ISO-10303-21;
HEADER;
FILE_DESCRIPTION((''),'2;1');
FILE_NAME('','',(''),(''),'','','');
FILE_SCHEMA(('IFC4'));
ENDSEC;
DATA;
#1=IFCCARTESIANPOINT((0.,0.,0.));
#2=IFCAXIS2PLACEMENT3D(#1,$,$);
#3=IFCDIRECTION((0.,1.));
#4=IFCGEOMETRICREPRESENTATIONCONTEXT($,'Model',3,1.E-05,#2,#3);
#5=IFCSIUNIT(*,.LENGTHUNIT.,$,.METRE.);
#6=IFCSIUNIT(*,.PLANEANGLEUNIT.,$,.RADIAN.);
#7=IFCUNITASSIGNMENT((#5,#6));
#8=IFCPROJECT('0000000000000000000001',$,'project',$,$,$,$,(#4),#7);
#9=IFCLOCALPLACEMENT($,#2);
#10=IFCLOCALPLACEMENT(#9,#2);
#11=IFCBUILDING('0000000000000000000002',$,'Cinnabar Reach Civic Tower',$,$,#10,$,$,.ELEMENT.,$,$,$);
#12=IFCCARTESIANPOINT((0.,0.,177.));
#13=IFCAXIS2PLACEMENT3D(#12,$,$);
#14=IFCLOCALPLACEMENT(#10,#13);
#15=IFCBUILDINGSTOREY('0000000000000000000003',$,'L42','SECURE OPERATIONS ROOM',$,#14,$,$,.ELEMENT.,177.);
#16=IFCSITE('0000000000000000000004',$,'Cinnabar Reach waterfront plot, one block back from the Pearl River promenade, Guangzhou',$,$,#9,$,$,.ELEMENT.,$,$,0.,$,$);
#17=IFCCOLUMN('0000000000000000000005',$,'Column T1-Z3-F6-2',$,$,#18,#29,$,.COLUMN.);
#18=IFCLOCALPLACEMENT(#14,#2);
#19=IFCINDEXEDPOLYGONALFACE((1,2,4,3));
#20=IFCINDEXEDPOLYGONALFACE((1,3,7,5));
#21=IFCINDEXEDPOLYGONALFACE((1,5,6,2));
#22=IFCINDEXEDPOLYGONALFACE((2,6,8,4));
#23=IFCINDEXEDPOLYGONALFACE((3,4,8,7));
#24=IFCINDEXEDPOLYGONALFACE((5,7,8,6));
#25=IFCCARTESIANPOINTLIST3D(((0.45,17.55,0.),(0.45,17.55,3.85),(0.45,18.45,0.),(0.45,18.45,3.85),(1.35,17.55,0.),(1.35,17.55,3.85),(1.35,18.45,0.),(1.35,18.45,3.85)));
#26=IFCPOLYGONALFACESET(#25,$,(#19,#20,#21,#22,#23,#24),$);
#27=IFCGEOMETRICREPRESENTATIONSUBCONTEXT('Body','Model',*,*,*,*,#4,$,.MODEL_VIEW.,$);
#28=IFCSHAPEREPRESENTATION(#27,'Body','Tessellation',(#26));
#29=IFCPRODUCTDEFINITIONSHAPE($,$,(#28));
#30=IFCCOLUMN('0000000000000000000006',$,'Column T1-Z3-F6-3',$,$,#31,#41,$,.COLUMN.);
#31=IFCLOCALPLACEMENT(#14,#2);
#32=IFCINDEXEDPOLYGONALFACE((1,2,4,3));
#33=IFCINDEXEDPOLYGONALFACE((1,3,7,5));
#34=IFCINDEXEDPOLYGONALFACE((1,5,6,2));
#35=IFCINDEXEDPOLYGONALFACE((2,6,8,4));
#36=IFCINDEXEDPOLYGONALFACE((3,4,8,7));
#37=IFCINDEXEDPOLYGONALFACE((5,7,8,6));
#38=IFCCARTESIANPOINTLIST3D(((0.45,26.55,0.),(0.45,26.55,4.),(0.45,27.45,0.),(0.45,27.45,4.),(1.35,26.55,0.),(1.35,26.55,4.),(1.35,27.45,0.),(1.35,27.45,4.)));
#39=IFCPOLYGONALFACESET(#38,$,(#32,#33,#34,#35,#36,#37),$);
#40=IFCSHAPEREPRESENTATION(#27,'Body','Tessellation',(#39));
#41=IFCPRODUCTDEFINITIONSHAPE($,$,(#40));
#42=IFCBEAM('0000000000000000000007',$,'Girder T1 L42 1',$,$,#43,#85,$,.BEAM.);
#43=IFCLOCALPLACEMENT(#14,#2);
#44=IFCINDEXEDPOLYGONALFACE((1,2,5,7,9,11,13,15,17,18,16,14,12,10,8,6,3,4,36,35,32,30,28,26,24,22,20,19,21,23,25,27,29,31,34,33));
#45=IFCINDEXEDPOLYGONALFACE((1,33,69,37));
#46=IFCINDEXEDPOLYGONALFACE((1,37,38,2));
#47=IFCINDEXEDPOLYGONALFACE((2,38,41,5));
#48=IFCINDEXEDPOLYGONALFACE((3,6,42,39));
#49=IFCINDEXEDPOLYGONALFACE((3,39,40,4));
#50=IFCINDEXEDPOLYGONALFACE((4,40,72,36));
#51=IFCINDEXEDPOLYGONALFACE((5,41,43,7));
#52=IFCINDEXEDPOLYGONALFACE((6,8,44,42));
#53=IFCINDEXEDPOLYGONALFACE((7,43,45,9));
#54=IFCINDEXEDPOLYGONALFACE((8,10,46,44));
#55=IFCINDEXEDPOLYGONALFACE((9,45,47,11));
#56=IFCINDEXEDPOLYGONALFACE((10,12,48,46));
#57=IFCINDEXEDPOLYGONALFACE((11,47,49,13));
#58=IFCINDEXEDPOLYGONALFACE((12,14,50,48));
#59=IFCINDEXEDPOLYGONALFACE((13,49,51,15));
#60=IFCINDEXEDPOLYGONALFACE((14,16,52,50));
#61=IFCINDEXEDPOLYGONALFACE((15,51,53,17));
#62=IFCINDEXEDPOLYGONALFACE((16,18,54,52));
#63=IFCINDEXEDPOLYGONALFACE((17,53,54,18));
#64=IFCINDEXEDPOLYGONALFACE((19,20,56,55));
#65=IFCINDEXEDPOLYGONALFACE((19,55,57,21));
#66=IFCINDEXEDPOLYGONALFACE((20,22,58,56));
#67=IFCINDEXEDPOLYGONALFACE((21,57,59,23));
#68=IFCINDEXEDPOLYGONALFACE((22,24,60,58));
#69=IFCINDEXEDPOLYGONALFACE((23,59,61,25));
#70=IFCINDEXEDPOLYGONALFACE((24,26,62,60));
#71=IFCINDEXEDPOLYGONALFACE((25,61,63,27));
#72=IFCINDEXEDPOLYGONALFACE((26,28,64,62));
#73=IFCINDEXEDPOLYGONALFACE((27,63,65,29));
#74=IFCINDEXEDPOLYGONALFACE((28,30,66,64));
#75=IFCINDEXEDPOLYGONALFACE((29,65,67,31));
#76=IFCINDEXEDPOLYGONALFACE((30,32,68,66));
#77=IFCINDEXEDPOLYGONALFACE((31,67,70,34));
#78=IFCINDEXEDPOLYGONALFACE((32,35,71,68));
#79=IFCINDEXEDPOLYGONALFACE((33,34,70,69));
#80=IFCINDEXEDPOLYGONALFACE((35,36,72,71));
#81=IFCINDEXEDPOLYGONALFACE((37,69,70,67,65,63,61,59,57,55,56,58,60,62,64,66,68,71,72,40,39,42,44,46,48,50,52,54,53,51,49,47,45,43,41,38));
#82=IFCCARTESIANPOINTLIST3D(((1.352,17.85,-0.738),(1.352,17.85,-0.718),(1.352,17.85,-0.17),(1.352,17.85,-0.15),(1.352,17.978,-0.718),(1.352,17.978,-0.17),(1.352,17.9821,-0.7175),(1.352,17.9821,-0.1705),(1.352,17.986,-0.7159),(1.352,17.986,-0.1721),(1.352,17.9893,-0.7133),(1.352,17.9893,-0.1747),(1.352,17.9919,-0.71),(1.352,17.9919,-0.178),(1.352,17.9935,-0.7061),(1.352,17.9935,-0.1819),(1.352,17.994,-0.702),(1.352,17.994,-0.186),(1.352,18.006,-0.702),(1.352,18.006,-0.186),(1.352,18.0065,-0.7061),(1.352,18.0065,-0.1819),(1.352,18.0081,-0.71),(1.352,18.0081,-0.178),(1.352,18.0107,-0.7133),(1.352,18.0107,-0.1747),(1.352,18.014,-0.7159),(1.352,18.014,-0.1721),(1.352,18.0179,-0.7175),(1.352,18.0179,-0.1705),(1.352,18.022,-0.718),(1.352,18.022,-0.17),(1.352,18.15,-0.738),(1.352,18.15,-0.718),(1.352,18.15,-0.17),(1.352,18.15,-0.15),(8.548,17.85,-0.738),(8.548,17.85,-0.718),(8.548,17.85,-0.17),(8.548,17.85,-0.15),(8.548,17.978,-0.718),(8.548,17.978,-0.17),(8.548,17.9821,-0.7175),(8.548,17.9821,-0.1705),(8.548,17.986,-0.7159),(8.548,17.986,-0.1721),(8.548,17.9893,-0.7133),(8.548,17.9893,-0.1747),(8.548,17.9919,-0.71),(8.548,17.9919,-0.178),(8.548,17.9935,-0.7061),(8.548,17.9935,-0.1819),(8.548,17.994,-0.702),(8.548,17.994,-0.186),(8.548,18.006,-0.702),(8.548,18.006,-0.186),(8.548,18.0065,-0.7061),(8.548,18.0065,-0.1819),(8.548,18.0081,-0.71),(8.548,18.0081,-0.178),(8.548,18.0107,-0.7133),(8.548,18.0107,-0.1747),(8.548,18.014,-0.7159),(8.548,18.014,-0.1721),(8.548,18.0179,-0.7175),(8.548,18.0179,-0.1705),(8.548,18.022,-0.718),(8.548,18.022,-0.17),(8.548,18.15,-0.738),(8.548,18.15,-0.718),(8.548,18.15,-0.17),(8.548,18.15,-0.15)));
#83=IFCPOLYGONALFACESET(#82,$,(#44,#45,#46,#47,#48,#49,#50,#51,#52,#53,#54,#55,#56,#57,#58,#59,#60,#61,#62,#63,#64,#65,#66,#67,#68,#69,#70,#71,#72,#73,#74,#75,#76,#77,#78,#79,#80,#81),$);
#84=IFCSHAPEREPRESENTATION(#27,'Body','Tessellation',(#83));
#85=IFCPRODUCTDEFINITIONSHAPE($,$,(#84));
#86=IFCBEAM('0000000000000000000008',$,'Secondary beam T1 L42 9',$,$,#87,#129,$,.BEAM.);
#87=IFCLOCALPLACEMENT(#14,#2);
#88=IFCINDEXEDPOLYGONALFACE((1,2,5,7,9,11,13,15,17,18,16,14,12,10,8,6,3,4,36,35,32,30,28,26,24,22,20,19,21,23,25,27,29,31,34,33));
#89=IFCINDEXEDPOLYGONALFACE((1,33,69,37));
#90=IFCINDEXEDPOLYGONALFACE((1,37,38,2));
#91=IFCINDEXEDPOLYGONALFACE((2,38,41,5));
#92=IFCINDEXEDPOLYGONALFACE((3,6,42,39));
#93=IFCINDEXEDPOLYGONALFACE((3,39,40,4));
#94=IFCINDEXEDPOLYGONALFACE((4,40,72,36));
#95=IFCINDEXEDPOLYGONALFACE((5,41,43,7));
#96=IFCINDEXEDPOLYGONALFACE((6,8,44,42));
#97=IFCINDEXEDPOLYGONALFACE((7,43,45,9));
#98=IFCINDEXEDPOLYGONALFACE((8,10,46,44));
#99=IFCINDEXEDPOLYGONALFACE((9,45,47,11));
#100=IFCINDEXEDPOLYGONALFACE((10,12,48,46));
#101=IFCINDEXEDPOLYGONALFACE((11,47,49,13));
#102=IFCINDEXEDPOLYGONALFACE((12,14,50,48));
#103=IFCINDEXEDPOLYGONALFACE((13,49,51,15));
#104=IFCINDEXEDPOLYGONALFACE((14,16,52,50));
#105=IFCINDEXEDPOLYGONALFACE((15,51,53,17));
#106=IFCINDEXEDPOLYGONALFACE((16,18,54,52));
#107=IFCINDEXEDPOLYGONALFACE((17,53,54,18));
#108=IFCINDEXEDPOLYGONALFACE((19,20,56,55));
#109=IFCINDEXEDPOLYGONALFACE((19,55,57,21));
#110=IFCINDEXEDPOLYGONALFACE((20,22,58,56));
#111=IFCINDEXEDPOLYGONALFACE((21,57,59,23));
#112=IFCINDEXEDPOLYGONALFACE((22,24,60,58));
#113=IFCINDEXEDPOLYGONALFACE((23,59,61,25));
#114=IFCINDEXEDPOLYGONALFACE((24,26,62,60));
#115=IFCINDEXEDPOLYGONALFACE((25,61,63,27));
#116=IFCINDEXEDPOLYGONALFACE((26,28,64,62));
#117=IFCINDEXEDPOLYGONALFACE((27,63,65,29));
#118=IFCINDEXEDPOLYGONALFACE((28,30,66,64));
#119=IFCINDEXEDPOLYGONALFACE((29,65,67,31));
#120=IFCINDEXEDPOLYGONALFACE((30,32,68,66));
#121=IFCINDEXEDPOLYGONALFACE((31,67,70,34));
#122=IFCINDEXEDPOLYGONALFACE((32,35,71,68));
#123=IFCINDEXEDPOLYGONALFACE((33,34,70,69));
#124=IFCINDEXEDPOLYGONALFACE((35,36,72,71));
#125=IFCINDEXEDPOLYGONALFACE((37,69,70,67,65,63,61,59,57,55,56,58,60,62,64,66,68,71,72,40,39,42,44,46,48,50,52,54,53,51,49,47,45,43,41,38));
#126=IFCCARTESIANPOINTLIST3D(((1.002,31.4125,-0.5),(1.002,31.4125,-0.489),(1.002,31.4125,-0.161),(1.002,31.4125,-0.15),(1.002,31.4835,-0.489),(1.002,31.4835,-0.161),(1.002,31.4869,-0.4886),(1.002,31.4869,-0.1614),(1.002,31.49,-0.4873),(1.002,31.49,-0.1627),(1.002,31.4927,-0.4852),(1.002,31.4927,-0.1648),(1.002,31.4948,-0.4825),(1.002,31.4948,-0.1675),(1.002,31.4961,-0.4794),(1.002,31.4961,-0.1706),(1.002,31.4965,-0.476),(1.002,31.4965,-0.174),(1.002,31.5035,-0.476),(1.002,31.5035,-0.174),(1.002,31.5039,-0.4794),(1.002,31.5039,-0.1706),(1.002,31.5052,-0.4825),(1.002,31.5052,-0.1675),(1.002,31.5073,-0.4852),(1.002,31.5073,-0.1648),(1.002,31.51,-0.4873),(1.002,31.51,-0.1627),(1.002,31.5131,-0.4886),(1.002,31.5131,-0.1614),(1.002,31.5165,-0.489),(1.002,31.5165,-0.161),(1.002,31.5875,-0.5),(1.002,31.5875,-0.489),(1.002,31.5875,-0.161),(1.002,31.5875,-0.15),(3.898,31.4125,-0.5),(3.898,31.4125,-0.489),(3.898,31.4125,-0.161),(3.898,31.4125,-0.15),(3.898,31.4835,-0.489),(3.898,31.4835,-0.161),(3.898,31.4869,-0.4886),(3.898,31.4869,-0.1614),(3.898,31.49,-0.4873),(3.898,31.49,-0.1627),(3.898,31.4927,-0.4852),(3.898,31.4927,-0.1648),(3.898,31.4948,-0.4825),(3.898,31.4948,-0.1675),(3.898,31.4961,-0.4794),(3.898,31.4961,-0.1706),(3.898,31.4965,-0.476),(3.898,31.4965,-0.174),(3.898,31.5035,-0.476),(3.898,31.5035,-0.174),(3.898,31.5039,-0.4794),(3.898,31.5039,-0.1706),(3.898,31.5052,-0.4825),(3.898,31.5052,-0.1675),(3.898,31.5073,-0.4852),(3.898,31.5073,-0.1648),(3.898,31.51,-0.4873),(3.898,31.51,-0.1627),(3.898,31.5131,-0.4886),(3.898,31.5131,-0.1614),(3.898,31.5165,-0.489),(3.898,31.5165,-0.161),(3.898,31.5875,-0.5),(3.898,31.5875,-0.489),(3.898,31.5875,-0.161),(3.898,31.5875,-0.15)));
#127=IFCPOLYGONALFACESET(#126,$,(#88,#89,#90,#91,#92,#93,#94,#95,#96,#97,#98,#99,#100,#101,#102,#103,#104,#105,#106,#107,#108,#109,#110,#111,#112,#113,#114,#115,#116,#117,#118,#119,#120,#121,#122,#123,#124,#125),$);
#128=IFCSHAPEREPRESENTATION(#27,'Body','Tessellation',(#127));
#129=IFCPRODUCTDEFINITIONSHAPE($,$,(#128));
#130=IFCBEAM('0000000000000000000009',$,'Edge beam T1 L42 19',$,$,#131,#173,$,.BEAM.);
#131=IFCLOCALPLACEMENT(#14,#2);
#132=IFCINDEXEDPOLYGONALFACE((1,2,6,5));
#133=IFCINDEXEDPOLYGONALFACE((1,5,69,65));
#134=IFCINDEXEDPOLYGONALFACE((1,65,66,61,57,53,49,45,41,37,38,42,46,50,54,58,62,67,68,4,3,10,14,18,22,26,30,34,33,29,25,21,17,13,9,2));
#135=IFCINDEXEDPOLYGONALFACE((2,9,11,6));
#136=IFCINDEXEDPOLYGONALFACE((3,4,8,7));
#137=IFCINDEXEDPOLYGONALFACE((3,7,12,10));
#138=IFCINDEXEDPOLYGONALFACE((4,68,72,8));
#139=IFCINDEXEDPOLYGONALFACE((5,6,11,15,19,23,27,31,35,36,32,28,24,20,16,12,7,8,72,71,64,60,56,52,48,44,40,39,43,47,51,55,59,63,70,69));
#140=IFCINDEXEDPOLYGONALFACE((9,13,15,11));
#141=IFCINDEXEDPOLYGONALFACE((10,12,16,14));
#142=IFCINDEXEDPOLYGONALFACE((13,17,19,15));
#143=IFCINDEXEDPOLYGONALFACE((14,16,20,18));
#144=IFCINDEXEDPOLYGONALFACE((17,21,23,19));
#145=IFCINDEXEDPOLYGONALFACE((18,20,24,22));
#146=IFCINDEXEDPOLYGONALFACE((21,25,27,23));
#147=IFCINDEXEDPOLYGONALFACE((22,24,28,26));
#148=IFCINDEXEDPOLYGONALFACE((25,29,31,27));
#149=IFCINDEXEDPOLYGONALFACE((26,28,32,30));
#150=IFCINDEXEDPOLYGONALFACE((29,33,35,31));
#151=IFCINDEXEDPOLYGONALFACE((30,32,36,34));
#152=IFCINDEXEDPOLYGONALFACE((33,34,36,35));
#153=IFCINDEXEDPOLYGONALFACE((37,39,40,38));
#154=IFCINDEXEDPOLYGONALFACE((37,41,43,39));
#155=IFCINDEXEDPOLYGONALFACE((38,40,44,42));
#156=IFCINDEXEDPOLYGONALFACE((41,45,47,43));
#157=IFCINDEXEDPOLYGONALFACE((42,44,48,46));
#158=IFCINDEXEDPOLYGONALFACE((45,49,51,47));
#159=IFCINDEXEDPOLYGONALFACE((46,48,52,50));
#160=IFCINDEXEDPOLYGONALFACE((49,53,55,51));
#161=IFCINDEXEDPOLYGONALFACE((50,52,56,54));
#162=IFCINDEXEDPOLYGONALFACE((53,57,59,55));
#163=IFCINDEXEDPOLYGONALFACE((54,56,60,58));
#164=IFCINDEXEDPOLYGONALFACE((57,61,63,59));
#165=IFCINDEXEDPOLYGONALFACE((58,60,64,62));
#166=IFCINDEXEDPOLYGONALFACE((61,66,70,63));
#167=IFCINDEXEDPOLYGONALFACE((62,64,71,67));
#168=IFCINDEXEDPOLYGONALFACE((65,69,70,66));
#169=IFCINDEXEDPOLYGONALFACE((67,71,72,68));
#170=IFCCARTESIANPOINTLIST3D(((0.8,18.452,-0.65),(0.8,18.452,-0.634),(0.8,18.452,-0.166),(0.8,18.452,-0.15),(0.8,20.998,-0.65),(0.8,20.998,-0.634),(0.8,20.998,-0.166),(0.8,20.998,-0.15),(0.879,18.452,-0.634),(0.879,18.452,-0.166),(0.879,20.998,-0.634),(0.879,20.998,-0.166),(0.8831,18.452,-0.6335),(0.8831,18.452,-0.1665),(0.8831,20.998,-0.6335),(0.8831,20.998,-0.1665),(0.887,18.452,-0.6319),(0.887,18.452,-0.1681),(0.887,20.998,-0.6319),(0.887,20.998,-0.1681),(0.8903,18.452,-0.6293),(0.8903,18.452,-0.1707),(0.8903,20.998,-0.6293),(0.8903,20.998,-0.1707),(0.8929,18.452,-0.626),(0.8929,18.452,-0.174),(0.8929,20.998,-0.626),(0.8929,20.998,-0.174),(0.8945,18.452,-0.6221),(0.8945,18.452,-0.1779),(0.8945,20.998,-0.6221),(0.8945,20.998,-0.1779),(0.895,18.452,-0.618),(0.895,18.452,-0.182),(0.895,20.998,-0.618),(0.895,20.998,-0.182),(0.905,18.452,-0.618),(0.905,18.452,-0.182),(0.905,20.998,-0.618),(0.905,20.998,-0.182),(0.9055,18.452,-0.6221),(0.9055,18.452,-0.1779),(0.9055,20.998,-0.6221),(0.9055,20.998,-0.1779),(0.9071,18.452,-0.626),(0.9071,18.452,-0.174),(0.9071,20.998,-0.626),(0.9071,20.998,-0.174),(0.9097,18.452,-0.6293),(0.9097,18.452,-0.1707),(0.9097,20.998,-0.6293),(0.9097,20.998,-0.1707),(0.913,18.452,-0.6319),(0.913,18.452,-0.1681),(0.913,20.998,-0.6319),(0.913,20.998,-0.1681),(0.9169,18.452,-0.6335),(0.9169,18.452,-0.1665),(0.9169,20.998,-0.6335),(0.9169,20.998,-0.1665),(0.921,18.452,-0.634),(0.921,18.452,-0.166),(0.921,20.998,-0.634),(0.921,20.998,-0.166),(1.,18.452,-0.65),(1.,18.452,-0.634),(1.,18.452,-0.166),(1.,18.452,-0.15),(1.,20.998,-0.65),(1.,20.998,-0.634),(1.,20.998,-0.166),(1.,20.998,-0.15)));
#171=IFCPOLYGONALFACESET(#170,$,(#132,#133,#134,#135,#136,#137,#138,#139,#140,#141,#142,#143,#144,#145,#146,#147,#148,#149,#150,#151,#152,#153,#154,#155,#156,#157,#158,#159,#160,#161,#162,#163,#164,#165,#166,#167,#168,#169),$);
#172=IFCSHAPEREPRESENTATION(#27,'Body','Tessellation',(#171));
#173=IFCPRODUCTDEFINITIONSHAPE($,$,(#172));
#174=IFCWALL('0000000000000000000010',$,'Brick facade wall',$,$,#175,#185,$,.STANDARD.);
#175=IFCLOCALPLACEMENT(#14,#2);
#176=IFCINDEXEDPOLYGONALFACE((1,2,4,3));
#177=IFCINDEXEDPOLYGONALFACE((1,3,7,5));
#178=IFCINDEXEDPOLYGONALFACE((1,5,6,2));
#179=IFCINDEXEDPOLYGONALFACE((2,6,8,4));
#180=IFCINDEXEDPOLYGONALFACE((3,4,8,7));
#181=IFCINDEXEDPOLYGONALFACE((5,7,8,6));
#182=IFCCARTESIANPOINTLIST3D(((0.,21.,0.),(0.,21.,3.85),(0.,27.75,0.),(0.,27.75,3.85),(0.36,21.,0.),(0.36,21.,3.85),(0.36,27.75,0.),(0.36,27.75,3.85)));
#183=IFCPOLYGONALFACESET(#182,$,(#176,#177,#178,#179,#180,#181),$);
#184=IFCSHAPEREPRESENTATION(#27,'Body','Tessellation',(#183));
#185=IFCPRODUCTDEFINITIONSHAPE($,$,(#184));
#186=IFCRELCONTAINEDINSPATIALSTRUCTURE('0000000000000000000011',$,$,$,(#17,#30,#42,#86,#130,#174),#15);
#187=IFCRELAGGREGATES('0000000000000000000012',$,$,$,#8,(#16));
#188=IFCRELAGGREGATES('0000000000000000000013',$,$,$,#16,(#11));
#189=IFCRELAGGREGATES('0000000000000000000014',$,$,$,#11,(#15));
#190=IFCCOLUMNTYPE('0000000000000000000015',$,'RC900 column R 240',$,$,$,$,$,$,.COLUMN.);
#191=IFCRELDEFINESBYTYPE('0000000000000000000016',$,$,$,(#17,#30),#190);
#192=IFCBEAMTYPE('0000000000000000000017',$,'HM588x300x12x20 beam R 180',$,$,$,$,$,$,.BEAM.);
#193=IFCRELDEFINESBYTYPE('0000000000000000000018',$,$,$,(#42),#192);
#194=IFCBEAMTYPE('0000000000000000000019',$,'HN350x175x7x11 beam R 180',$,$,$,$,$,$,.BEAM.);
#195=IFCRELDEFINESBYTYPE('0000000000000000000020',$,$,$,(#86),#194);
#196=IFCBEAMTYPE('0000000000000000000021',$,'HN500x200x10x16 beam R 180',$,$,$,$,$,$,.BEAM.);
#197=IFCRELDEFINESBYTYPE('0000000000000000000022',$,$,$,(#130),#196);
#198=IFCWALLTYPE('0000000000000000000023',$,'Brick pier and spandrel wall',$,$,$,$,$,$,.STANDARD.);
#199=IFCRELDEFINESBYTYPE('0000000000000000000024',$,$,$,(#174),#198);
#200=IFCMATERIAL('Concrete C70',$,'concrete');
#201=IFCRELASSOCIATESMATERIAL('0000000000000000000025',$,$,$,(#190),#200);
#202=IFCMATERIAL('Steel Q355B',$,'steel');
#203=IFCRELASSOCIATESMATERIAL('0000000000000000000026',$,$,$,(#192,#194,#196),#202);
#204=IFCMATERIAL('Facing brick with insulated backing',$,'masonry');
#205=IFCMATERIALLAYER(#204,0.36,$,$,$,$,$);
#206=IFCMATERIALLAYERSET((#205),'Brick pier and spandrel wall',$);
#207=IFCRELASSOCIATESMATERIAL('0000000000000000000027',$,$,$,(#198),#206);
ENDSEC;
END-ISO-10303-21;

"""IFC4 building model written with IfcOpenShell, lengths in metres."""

from ifc_helpers import new_model, si_unit, direction, frame, frame_2d, origin, origin_2d, place, context, subcontext, project, spatial, rectangle, i_section, extrude, material, layer, layer_set, material_profile, profile_set, type_object, element, save


model = new_model("IFC4")

# Units and contexts
model_context = context("Model", 3, precision=1e-05, world=origin(), true_north=direction((0.0, 1.0)))
body_context = subcontext(model_context, "Body", "Model", "MODEL_VIEW")
ifc_project = project(units=[si_unit("LENGTHUNIT", "METRE"), si_unit("PLANEANGLEUNIT", "RADIAN")], contexts=[model_context])

# Site, building, storey
site_placement = place(None, origin())
site = spatial("IfcSite", under=ifc_project, at=site_placement, Name="Cinnabar Reach waterfront plot, one block back from the Pearl River promenade, Guangzhou", CompositionType="ELEMENT", RefElevation=0.0)
building_placement = place(site_placement, origin())
building = spatial("IfcBuilding", under=site, at=building_placement, Name="Cinnabar Reach Civic Tower", CompositionType="ELEMENT")
storey_placement = place(building_placement, frame((0.0, 0.0, 177.0)))
storey = spatial("IfcBuildingStorey", under=building, at=storey_placement, Name="L42", Description="SECURE OPERATIONS ROOM", CompositionType="ELEMENT", Elevation=177.0)

# Columns
ifc_material_1 = material(Name="Concrete C70", Category="concrete")
ifc_material_profile_1 = material_profile(ifc_material_1, rectangle(XDim=0.9, YDim=0.9, at=origin_2d()), Name="RC900")
ifc_profile_set_1 = profile_set([ifc_material_profile_1], Name="Concrete C70")
column_type = type_object("IfcColumnType", Name="RC900 column R 240", PredefinedType="COLUMN", material=ifc_profile_set_1)
column_1_placement = place(storey_placement, frame((0.9, 18.0, 0.0), z_axis=(0.0, 0.0, 1.0), x_axis=(1.0, 0.0, 0.0)))
element("IfcColumn", 1, at=column_1_placement, inside=storey, type_object=column_type, Name="Column T1-Z3-F6-2", PredefinedType="COLUMN", context=body_context, shape_type="SweptSolid", body=[
    extrude(rectangle(XDim=0.9, YDim=0.9, at=origin_2d()), origin(), (0.0, 0.0, 1.0), 3.85),
])
column_2_placement = place(storey_placement, frame((0.9, 27.0, 0.0), z_axis=(0.0, 0.0, 1.0), x_axis=(1.0, 0.0, 0.0)))
element("IfcColumn", 2, at=column_2_placement, inside=storey, type_object=column_type, Name="Column T1-Z3-F6-3", PredefinedType="COLUMN", context=body_context, shape_type="SweptSolid", body=[
    extrude(rectangle(XDim=0.9, YDim=0.9, at=origin_2d()), origin(), (0.0, 0.0, 1.0), 4.0),
])

# Beams
ifc_material_2 = material(Name="Steel Q355B", Category="steel")
ifc_material_profile_2 = material_profile(ifc_material_2, i_section(OverallWidth=0.3, OverallDepth=0.588, WebThickness=0.012, FlangeThickness=0.02, FilletRadius=0.016, at=origin_2d()), Name="HM588x300x12x20")
ifc_profile_set_2 = profile_set([ifc_material_profile_2], Name="Steel Q355B")
beam_type_1 = type_object("IfcBeamType", Name="HM588x300x12x20 beam R 180", PredefinedType="BEAM", material=ifc_profile_set_2)
beam_1_placement = place(storey_placement, frame((1.352, 18.0, -0.444), z_axis=(1.0, 0.0, 0.0), x_axis=(0.0, 1.0, 0.0)))
element("IfcBeam", 3, at=beam_1_placement, inside=storey, type_object=beam_type_1, Name="Girder T1 L42 1", PredefinedType="BEAM", context=body_context, shape_type="SweptSolid", body=[
    extrude(i_section(OverallWidth=0.3, OverallDepth=0.588, WebThickness=0.012, FlangeThickness=0.02, FilletRadius=0.016, at=origin_2d()), origin(), (0.0, 0.0, 1.0), 7.196),
])
ifc_material_profile_3 = material_profile(ifc_material_2, i_section(OverallWidth=0.175, OverallDepth=0.35, WebThickness=0.007, FlangeThickness=0.011, FilletRadius=0.013, at=origin_2d()), Name="HN350x175x7x11")
ifc_profile_set_3 = profile_set([ifc_material_profile_3], Name="Steel Q355B")
beam_type_2 = type_object("IfcBeamType", Name="HN350x175x7x11 beam R 180", PredefinedType="BEAM", material=ifc_profile_set_3)
beam_2_placement = place(storey_placement, frame((1.002, 31.5, -0.325), z_axis=(1.0, 0.0, 0.0), x_axis=(0.0, 1.0, 0.0)))
element("IfcBeam", 4, at=beam_2_placement, inside=storey, type_object=beam_type_2, Name="Secondary beam T1 L42 9", PredefinedType="BEAM", context=body_context, shape_type="SweptSolid", body=[
    extrude(i_section(OverallWidth=0.175, OverallDepth=0.35, WebThickness=0.007, FlangeThickness=0.011, FilletRadius=0.013, at=origin_2d()), origin(), (0.0, 0.0, 1.0), 2.896),
])
ifc_material_profile_4 = material_profile(ifc_material_2, i_section(OverallWidth=0.2, OverallDepth=0.5, WebThickness=0.01, FlangeThickness=0.016, FilletRadius=0.016, at=origin_2d()), Name="HN500x200x10x16")
ifc_profile_set_4 = profile_set([ifc_material_profile_4], Name="Steel Q355B")
beam_type_3 = type_object("IfcBeamType", Name="HN500x200x10x16 beam R 180", PredefinedType="BEAM", material=ifc_profile_set_4)
beam_3_placement = place(storey_placement, frame((0.9, 20.998, -0.4), z_axis=(0.0, -1.0, 0.0), x_axis=(1.0, 0.0, 0.0)))
element("IfcBeam", 5, at=beam_3_placement, inside=storey, type_object=beam_type_3, Name="Edge beam T1 L42 19", PredefinedType="BEAM", context=body_context, shape_type="SweptSolid", body=[
    extrude(i_section(OverallWidth=0.2, OverallDepth=0.5, WebThickness=0.01, FlangeThickness=0.016, FilletRadius=0.016, at=origin_2d()), origin(), (0.0, 0.0, 1.0), 2.546),
])

# Wall
ifc_material_3 = material(Name="Facing brick with insulated backing", Category="masonry")
ifc_layer_1 = layer(ifc_material_3, 0.36)
ifc_layer_set_1 = layer_set([ifc_layer_1], Name="Brick pier and spandrel wall")
wall_type_1 = type_object("IfcWallType", Name="Brick pier and spandrel wall", PredefinedType="STANDARD", material=ifc_layer_set_1)
wall_1_placement = place(storey_placement, frame((0.18, 27.75, 0.0), z_axis=(0.0, 0.0, 1.0), x_axis=(0.0, -1.0, 0.0)))
element("IfcWall", 6, at=wall_1_placement, inside=storey, type_object=wall_type_1, Name="Brick facade wall", PredefinedType="STANDARD", context=body_context, shape_type="SweptSolid", body=[
    extrude(rectangle(XDim=6.75, YDim=0.36, at=frame_2d((3.375, 0.0))), origin(), (0.0, 0.0, 1.0), 3.85),
])

save(model, "model.ifc")
